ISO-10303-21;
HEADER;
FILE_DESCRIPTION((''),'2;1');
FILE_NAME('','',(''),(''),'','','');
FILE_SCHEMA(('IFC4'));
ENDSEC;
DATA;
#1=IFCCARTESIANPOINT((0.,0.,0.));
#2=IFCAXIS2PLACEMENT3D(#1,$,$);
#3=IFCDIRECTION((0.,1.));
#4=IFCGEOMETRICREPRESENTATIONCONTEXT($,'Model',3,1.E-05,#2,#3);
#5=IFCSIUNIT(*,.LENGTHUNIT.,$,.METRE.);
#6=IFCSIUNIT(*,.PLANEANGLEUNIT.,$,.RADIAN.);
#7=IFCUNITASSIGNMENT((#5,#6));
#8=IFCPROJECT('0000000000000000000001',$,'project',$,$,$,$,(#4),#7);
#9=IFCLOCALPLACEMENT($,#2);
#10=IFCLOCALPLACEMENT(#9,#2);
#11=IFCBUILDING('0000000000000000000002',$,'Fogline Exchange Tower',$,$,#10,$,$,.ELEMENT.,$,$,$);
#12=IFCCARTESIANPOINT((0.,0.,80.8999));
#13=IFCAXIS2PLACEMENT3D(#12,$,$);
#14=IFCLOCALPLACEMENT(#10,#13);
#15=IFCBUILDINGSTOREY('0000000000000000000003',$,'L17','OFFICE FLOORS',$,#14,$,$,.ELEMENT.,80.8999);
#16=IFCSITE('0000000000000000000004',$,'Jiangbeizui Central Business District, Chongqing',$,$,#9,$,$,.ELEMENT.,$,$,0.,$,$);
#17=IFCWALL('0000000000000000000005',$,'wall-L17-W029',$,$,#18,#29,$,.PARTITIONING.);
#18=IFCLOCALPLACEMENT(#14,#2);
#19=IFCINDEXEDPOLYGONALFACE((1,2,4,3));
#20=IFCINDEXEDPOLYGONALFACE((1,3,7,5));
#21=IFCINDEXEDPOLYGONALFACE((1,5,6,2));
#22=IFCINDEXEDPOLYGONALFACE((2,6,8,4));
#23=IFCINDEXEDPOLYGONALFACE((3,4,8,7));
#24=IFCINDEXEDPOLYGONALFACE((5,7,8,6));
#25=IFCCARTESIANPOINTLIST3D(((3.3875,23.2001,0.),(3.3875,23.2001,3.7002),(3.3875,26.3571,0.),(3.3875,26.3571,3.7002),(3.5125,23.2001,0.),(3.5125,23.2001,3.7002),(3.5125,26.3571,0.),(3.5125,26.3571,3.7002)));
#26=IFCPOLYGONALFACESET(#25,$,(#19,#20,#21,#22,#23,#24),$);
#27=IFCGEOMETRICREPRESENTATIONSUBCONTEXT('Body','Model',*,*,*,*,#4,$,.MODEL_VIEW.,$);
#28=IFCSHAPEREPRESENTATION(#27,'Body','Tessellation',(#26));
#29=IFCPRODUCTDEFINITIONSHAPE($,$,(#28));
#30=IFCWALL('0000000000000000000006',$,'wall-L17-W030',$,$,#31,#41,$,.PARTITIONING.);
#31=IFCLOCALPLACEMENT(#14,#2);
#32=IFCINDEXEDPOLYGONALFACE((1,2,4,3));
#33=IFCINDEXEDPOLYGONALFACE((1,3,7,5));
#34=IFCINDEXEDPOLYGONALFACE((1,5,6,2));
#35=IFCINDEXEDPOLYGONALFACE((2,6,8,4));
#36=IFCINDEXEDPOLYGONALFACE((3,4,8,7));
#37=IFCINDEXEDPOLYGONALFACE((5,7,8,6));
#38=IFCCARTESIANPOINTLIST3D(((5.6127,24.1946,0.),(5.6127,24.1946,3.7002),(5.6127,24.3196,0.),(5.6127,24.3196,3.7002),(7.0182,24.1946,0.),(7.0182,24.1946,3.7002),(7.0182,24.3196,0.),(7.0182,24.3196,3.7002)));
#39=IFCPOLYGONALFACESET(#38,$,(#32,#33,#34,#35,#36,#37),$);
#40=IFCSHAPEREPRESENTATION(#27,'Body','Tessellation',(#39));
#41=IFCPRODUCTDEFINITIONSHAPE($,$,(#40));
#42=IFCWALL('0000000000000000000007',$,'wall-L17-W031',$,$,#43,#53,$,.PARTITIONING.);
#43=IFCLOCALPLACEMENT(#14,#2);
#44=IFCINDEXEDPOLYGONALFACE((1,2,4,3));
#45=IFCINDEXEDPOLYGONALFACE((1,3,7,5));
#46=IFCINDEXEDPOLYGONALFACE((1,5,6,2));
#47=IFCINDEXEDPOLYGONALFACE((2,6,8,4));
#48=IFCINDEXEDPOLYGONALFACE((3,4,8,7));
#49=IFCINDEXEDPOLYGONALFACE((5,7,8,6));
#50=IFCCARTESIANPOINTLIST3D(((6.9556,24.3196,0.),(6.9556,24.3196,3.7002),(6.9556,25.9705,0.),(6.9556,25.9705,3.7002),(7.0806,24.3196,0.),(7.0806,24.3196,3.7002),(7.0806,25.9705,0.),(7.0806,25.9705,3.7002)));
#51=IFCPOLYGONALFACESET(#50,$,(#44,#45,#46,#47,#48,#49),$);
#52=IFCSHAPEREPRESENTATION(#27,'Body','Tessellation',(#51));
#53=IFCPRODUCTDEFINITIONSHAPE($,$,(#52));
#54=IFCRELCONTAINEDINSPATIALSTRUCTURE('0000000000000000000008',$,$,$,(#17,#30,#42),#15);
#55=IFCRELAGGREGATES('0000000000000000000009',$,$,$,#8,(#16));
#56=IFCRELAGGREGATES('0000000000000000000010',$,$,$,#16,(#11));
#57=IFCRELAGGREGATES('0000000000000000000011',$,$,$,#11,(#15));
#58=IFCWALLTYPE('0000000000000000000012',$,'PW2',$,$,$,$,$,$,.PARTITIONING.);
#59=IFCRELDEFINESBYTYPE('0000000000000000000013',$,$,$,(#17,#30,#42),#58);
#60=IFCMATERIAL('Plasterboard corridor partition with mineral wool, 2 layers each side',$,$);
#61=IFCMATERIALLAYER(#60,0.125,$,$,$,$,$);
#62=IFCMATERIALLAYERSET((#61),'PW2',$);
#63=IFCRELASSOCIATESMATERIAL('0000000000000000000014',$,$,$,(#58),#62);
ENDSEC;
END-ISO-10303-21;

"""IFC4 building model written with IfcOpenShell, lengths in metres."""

from ifc_helpers import new_model, si_unit, direction, frame, frame_2d, origin, place, context, subcontext, project, spatial, rectangle, extrude, material, layer, layer_set, type_object, element, save


model = new_model("IFC4")

# Units and contexts
model_context = context("Model", 3, precision=1e-05, world=origin(), true_north=direction((0.0, 1.0)))
body_context = subcontext(model_context, "Body", "Model", "MODEL_VIEW")
ifc_project = project(units=[si_unit("LENGTHUNIT", "METRE"), si_unit("PLANEANGLEUNIT", "RADIAN")], contexts=[model_context])

# Site, building, storey
site_placement = place(None, origin())
site = spatial("IfcSite", under=ifc_project, at=site_placement, Name="Jiangbeizui Central Business District, Chongqing", CompositionType="ELEMENT", RefElevation=0.0)
building_placement = place(site_placement, origin())
building = spatial("IfcBuilding", under=site, at=building_placement, Name="Fogline Exchange Tower", CompositionType="ELEMENT")
storey_placement = place(building_placement, frame((0.0, 0.0, 80.8999)))
storey = spatial("IfcBuildingStorey", under=building, at=storey_placement, Name="L17", Description="OFFICE FLOORS", CompositionType="ELEMENT", Elevation=80.8999)

# Shared definitions
ifc_material_1 = material(Name="Plasterboard corridor partition with mineral wool, 2 layers each side")
ifc_layer_1 = layer(ifc_material_1, 0.125)
ifc_layer_set_1 = layer_set([ifc_layer_1], Name="PW2")
wall_type_1 = type_object("IfcWallType", Name="PW2", PredefinedType="PARTITIONING", material=ifc_layer_set_1)

# Walls
wall_1_placement = place(storey_placement, frame((3.45, 23.2, 0.0), z_axis=(0.0, 0.0, 1.0), x_axis=(0.0, 1.0, 0.0)))
element("IfcWall", 1, at=wall_1_placement, inside=storey, type_object=wall_type_1, Name="wall-L17-W029", PredefinedType="PARTITIONING", context=body_context, shape_type="SweptSolid", body=[
    extrude(rectangle(XDim=3.157, YDim=0.125, at=frame_2d((1.5786, 0.0))), origin(), (0.0, 0.0, 1.0), 3.7002),
])
wall_2_placement = place(storey_placement, frame((7.0181, 24.2571, 0.0), z_axis=(0.0, 0.0, 1.0), x_axis=(-1.0, 0.0, 0.0)))
element("IfcWall", 2, at=wall_2_placement, inside=storey, type_object=wall_type_1, Name="wall-L17-W030", PredefinedType="PARTITIONING", context=body_context, shape_type="SweptSolid", body=[
    extrude(rectangle(XDim=1.4055, YDim=0.125, at=frame_2d((0.7026, 0.0))), origin(), (0.0, 0.0, 1.0), 3.7002),
])
wall_3_placement = place(storey_placement, frame((7.0181, 25.9705, 0.0), z_axis=(0.0, 0.0, 1.0), x_axis=(0.0, -1.0, 0.0)))
element("IfcWall", 3, at=wall_3_placement, inside=storey, type_object=wall_type_1, Name="wall-L17-W031", PredefinedType="PARTITIONING", context=body_context, shape_type="SweptSolid", body=[
    extrude(rectangle(XDim=1.6509, YDim=0.125, at=frame_2d((0.8254, 0.0))), origin(), (0.0, 0.0, 1.0), 3.7002),
])

save(model, "model.ifc")
